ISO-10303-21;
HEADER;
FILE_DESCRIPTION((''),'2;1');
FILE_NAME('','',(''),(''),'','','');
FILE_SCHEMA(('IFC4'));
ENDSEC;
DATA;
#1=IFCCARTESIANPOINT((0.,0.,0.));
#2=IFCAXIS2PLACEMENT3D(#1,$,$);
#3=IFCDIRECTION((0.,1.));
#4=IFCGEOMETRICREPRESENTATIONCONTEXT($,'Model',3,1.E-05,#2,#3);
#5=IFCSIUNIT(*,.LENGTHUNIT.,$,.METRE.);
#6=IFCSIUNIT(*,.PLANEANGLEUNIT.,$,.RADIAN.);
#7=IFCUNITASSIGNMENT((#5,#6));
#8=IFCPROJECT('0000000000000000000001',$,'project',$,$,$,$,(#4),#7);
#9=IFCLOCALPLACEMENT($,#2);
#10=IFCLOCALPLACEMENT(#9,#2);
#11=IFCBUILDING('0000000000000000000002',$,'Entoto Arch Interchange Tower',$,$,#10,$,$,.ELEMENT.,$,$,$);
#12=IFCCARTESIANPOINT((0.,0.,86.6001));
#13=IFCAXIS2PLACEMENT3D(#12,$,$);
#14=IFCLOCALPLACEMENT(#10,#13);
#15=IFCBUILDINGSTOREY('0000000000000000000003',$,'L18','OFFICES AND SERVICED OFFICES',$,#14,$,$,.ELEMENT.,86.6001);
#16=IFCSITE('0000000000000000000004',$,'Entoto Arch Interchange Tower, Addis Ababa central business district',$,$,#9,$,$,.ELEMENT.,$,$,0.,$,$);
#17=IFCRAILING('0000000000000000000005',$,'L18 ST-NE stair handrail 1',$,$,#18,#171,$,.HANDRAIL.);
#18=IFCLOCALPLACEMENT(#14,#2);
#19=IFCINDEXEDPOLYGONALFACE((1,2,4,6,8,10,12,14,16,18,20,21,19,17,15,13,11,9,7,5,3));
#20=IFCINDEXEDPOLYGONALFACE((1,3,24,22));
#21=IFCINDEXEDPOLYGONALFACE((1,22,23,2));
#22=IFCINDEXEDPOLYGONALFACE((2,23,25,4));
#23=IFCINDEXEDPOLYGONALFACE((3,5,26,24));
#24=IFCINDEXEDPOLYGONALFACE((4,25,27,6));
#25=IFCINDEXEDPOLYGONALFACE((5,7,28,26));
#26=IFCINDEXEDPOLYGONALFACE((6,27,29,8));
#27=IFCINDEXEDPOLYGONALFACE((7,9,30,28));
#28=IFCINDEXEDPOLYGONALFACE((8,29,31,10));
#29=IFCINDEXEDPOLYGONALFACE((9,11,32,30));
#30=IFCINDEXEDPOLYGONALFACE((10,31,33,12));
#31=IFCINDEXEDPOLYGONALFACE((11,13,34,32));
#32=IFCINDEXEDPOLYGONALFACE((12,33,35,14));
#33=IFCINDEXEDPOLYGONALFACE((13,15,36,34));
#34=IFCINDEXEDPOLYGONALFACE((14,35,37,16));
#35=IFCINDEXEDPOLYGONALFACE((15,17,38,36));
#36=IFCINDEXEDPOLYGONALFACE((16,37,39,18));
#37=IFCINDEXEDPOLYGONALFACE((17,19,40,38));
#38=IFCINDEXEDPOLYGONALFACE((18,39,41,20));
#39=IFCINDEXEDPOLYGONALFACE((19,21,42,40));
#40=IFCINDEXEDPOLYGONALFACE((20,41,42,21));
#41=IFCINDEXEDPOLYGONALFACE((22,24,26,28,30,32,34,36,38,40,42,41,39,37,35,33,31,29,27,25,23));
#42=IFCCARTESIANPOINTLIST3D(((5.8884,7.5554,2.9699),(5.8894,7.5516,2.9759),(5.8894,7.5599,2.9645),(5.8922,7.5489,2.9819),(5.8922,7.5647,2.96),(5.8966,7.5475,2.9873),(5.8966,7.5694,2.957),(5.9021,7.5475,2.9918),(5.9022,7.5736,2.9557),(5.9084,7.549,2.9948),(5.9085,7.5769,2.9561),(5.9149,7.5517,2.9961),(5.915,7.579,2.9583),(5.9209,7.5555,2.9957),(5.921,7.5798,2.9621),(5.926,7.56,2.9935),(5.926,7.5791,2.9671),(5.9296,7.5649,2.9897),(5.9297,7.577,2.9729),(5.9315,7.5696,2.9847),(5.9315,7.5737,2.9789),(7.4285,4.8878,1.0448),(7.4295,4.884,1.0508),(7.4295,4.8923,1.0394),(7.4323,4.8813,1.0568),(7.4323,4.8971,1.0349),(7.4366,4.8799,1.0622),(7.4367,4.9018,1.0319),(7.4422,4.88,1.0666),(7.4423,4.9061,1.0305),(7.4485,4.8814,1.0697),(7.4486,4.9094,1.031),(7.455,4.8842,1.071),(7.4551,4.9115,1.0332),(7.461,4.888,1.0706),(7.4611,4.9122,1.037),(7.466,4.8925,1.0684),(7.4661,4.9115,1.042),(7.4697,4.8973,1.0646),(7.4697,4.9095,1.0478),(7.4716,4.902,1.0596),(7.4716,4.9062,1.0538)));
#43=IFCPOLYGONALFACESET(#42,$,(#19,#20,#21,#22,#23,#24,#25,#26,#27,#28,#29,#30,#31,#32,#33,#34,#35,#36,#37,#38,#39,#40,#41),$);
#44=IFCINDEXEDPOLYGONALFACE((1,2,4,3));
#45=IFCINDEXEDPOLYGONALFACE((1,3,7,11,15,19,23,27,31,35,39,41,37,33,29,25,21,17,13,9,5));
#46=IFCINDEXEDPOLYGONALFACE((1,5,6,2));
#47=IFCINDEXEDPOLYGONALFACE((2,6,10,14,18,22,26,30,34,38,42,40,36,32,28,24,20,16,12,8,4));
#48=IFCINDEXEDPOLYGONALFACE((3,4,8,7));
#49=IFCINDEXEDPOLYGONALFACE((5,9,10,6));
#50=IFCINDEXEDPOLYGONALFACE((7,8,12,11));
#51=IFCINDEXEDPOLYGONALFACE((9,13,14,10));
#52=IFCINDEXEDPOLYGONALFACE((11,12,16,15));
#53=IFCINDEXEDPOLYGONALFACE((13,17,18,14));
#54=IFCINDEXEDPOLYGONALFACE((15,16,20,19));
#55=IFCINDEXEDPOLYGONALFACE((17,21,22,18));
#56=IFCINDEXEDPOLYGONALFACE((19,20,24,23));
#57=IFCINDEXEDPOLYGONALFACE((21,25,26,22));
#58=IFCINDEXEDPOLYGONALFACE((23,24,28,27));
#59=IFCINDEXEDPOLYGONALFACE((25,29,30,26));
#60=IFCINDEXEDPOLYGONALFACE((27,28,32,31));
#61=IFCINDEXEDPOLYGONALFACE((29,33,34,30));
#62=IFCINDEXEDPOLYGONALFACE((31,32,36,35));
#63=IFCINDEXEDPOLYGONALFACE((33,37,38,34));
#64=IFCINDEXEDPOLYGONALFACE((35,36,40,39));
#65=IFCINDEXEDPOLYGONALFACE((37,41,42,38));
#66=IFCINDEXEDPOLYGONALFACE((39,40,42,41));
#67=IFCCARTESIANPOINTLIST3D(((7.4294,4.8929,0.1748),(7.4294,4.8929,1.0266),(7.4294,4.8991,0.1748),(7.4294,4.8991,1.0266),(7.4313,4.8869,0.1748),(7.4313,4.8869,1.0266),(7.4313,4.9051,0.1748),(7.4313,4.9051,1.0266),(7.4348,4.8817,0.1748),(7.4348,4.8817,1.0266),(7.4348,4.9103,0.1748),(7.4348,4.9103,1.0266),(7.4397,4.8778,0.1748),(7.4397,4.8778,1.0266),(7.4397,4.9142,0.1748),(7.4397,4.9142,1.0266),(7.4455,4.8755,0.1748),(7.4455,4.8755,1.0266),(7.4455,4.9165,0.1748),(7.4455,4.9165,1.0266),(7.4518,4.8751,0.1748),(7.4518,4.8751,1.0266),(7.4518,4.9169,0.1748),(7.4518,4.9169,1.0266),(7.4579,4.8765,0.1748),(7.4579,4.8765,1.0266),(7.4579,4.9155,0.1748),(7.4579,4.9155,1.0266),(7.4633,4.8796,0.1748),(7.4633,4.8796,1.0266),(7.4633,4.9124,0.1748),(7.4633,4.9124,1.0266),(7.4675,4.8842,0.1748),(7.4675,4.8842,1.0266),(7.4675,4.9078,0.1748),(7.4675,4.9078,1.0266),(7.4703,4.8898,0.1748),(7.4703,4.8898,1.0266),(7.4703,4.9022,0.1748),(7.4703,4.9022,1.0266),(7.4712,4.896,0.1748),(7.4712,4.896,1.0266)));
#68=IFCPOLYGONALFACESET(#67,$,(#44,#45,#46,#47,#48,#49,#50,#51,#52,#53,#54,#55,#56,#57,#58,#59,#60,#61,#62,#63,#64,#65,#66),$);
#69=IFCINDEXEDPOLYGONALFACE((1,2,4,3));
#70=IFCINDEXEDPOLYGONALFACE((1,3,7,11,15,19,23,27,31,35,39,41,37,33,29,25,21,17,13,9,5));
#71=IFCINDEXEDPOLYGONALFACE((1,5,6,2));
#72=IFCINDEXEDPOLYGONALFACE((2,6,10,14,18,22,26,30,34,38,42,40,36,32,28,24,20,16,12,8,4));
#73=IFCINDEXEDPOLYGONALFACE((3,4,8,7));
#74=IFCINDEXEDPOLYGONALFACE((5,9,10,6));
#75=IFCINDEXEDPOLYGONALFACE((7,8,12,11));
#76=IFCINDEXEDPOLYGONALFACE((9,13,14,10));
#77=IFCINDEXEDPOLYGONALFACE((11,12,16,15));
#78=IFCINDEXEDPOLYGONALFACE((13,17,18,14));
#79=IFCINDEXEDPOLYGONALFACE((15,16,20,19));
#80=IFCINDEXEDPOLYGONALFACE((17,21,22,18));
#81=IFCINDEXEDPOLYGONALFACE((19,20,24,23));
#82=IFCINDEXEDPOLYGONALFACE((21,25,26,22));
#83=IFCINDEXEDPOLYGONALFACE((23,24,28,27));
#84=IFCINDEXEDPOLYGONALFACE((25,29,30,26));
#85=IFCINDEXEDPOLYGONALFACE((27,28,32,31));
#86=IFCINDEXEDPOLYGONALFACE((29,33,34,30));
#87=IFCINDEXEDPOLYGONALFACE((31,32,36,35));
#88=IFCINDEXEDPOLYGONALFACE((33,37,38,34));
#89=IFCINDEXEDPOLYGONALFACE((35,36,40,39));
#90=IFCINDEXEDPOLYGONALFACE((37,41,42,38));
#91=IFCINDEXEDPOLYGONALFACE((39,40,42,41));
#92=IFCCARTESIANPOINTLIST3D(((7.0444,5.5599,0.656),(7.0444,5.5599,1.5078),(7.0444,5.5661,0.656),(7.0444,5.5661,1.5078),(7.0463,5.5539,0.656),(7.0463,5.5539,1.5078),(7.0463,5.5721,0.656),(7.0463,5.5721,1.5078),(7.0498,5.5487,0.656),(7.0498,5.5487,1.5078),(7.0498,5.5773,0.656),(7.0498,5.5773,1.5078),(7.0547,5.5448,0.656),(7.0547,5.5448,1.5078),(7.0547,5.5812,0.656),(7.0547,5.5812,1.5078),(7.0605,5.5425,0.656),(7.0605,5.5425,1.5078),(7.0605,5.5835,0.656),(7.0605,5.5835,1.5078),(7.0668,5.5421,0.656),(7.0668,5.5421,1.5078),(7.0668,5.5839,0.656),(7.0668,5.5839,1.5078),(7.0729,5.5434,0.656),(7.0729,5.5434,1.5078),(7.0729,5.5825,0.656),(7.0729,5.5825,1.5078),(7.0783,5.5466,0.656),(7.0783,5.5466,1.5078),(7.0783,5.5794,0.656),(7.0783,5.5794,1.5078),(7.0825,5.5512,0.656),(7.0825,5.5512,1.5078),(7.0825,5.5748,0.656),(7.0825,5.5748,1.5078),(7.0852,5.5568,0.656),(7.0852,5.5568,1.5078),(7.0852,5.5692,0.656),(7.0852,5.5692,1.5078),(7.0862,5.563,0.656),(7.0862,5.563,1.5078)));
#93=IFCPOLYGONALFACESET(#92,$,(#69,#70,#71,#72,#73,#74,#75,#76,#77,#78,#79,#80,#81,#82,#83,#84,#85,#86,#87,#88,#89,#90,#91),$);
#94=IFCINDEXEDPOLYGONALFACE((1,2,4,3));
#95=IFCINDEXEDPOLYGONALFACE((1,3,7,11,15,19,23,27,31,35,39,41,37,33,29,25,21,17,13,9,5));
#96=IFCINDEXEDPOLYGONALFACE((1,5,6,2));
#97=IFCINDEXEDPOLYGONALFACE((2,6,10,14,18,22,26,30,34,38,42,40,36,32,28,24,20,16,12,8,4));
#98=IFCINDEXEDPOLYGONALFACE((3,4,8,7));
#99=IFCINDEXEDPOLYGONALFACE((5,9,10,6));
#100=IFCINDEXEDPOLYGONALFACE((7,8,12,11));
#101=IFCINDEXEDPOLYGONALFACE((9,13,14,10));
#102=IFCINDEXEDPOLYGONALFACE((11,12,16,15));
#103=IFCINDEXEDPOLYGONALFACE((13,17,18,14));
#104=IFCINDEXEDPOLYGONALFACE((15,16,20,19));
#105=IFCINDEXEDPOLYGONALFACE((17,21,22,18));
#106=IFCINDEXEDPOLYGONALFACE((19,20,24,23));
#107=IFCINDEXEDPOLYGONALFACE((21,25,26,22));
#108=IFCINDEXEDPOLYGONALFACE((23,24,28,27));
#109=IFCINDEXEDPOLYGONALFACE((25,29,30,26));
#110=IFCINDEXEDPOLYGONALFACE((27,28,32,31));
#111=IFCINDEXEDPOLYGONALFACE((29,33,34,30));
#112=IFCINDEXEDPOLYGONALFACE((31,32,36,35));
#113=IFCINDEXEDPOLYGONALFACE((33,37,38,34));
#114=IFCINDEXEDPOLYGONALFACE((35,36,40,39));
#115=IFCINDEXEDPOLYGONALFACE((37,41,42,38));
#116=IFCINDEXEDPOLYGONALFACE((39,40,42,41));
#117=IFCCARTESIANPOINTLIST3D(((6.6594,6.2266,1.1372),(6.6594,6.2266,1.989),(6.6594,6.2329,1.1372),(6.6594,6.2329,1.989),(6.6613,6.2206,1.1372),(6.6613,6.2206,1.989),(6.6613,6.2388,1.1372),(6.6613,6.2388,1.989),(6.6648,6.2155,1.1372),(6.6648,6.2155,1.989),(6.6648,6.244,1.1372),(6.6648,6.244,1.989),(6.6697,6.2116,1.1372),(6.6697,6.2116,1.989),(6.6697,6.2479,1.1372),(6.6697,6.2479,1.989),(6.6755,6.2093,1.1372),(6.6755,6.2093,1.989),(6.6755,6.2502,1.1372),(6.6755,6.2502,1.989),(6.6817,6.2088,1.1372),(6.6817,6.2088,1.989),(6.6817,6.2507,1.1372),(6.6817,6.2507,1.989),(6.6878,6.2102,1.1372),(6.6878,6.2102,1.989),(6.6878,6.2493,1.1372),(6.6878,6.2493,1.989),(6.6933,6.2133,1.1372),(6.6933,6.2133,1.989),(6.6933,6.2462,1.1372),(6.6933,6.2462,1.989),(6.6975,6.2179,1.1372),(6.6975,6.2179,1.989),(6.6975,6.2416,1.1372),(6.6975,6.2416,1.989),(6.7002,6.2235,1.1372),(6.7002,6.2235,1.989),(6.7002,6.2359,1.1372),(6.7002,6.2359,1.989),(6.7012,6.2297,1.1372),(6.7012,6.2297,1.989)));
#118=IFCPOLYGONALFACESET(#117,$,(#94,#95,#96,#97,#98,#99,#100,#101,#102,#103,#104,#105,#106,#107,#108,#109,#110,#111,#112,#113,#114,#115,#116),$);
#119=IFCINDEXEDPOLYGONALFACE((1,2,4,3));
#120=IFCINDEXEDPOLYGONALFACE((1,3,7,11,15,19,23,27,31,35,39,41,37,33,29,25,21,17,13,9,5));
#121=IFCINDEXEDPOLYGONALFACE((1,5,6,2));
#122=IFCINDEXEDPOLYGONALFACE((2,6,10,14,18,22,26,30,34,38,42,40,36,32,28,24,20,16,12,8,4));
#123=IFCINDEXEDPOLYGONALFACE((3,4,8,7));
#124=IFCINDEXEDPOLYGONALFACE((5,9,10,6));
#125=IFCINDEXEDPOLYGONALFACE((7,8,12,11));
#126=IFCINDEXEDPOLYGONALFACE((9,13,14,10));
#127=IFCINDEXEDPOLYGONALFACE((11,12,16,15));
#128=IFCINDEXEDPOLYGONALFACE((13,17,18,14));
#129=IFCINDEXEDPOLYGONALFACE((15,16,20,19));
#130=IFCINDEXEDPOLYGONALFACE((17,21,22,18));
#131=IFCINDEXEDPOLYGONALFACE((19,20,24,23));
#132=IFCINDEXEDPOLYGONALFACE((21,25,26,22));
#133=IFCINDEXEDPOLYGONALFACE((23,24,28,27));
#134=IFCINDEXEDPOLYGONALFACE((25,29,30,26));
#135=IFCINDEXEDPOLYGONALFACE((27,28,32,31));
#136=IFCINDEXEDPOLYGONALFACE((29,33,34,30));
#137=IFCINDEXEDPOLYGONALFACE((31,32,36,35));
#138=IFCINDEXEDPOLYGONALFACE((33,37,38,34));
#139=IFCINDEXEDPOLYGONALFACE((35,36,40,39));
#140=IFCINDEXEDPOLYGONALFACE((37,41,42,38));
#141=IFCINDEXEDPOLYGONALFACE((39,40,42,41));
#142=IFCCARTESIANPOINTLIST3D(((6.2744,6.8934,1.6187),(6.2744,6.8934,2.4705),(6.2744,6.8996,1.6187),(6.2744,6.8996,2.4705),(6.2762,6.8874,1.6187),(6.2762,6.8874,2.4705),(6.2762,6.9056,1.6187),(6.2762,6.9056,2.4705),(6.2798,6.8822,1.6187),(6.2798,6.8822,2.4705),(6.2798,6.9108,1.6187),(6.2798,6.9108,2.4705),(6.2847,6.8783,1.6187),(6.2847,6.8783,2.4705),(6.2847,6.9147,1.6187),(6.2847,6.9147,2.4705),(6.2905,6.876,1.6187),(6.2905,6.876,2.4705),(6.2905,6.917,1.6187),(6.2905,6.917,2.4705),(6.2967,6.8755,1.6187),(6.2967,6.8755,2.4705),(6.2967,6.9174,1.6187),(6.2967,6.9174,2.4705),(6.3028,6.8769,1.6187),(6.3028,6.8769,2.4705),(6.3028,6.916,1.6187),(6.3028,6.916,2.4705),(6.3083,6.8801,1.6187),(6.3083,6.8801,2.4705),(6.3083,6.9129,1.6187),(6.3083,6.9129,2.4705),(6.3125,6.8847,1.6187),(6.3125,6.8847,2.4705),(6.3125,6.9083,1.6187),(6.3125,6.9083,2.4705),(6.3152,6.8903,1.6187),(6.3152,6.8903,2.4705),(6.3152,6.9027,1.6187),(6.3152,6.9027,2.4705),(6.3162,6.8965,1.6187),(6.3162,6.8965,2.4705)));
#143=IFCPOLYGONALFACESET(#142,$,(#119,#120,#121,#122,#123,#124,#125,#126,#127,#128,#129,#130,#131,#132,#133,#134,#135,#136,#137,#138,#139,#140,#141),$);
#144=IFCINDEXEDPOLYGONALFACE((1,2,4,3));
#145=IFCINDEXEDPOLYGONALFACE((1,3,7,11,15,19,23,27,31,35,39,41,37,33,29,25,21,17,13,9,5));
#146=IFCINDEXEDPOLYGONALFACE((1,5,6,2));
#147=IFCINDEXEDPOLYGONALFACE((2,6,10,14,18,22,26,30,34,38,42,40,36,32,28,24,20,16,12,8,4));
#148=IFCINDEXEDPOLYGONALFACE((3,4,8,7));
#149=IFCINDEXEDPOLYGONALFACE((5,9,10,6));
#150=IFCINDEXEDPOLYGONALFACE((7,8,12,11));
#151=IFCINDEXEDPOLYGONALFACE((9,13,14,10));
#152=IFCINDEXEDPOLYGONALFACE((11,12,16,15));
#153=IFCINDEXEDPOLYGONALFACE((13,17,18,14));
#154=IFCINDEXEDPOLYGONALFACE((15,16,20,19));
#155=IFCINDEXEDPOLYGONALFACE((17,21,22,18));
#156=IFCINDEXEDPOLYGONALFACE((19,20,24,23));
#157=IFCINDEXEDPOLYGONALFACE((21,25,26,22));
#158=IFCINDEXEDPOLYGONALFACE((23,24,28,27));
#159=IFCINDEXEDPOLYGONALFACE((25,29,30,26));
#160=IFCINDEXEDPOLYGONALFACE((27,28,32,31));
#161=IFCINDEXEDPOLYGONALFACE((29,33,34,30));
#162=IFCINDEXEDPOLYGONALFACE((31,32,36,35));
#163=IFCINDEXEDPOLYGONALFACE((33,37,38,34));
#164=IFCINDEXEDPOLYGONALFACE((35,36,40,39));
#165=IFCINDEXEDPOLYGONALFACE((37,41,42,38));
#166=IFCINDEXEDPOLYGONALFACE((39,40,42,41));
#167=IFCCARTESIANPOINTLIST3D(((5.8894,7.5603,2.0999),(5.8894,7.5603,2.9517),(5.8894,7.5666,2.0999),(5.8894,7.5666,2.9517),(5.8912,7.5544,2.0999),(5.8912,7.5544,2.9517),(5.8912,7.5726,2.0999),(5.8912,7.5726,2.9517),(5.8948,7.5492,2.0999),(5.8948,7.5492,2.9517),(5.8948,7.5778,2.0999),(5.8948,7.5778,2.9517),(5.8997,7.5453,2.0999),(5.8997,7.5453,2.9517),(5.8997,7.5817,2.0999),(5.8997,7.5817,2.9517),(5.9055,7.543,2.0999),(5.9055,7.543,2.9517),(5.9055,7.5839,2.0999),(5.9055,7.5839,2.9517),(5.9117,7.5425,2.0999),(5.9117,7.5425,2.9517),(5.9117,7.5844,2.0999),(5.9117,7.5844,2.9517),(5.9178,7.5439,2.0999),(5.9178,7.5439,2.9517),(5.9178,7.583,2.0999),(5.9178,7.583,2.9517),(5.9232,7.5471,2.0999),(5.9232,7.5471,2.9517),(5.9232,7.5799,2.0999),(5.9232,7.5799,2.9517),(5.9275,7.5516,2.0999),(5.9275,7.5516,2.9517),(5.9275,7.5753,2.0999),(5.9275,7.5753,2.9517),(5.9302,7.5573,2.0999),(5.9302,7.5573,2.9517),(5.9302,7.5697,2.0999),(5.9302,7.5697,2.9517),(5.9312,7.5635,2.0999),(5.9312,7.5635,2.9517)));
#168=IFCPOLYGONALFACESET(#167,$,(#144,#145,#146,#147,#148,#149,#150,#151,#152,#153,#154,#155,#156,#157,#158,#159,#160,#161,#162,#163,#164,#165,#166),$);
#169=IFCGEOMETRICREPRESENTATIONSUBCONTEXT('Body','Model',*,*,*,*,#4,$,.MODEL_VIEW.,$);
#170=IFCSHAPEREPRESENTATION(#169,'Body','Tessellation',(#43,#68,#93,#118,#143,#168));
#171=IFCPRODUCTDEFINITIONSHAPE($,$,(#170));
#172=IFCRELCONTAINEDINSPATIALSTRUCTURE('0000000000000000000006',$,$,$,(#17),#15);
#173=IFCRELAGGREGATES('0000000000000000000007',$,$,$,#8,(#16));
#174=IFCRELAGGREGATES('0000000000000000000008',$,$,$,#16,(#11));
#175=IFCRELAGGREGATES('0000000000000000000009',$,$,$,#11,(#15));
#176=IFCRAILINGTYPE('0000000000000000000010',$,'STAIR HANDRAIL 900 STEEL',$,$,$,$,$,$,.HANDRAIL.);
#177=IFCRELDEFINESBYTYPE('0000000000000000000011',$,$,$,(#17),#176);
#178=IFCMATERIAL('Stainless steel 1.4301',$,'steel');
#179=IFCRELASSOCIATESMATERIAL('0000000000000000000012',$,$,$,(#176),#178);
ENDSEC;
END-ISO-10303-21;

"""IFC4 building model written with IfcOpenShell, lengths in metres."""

from ifc_helpers import new_model, si_unit, direction, frame, origin, origin_2d, place, context, subcontext, project, spatial, circle, extrude, material, type_object, element, save


model = new_model("IFC4")

# Units and contexts
model_context = context("Model", 3, precision=1e-05, world=origin(), true_north=direction((0.0, 1.0)))
body_context = subcontext(model_context, "Body", "Model", "MODEL_VIEW")
ifc_project = project(units=[si_unit("LENGTHUNIT", "METRE"), si_unit("PLANEANGLEUNIT", "RADIAN")], contexts=[model_context])

# Site, building, storey
site_placement = place(None, origin())
site = spatial("IfcSite", under=ifc_project, at=site_placement, Name="Entoto Arch Interchange Tower, Addis Ababa central business district", CompositionType="ELEMENT", RefElevation=0.0)
building_placement = place(site_placement, origin())
building = spatial("IfcBuilding", under=site, at=building_placement, Name="Entoto Arch Interchange Tower", CompositionType="ELEMENT")
storey_placement = place(building_placement, frame((0.0, 0.0, 86.6001)))
storey = spatial("IfcBuildingStorey", under=building, at=storey_placement, Name="L18", Description="OFFICES AND SERVICED OFFICES", CompositionType="ELEMENT", Elevation=86.6001)

# Railing
ifc_material_1 = material(Name="Stainless steel 1.4301", Category="steel")
railing_type_1 = type_object("IfcRailingType", Name="STAIR HANDRAIL 900 STEEL", PredefinedType="HANDRAIL", material=ifc_material_1)
railing_1_placement = place(storey_placement, frame((7.4502, 4.896, 0.1748)))
element("IfcRailing", 1, at=railing_1_placement, inside=storey, type_object=railing_type_1, Name="L18 ST-NE stair handrail 1", PredefinedType="HANDRAIL", context=body_context, shape_type="SweptSolid", body=[
    extrude(circle(Radius=0.0239, at=origin_2d()), frame((0.0, 0.0, 0.876), z_axis=(-0.423994, 0.734395, 0.529993), x_axis=(-0.86603, -0.499992, 0.0)), (0.0, 0.0, 1.0), 3.6323),
    extrude(circle(Radius=0.021, at=origin_2d()), origin(), (0.0, 0.0, 1.0), 0.8518),
    extrude(circle(Radius=0.021, at=origin_2d()), frame((-0.385, 0.667, 0.4812)), (0.0, 0.0, 1.0), 0.8518),
    extrude(circle(Radius=0.021, at=origin_2d()), frame((-0.77, 1.3337, 0.9624)), (0.0, 0.0, 1.0), 0.8518),
    extrude(circle(Radius=0.021, at=origin_2d()), frame((-1.155, 2.0005, 1.4438)), (0.0, 0.0, 1.0), 0.8518),
    extrude(circle(Radius=0.021, at=origin_2d()), frame((-1.54, 2.6675, 1.925)), (0.0, 0.0, 1.0), 0.8518),
])

save(model, "model.ifc")
